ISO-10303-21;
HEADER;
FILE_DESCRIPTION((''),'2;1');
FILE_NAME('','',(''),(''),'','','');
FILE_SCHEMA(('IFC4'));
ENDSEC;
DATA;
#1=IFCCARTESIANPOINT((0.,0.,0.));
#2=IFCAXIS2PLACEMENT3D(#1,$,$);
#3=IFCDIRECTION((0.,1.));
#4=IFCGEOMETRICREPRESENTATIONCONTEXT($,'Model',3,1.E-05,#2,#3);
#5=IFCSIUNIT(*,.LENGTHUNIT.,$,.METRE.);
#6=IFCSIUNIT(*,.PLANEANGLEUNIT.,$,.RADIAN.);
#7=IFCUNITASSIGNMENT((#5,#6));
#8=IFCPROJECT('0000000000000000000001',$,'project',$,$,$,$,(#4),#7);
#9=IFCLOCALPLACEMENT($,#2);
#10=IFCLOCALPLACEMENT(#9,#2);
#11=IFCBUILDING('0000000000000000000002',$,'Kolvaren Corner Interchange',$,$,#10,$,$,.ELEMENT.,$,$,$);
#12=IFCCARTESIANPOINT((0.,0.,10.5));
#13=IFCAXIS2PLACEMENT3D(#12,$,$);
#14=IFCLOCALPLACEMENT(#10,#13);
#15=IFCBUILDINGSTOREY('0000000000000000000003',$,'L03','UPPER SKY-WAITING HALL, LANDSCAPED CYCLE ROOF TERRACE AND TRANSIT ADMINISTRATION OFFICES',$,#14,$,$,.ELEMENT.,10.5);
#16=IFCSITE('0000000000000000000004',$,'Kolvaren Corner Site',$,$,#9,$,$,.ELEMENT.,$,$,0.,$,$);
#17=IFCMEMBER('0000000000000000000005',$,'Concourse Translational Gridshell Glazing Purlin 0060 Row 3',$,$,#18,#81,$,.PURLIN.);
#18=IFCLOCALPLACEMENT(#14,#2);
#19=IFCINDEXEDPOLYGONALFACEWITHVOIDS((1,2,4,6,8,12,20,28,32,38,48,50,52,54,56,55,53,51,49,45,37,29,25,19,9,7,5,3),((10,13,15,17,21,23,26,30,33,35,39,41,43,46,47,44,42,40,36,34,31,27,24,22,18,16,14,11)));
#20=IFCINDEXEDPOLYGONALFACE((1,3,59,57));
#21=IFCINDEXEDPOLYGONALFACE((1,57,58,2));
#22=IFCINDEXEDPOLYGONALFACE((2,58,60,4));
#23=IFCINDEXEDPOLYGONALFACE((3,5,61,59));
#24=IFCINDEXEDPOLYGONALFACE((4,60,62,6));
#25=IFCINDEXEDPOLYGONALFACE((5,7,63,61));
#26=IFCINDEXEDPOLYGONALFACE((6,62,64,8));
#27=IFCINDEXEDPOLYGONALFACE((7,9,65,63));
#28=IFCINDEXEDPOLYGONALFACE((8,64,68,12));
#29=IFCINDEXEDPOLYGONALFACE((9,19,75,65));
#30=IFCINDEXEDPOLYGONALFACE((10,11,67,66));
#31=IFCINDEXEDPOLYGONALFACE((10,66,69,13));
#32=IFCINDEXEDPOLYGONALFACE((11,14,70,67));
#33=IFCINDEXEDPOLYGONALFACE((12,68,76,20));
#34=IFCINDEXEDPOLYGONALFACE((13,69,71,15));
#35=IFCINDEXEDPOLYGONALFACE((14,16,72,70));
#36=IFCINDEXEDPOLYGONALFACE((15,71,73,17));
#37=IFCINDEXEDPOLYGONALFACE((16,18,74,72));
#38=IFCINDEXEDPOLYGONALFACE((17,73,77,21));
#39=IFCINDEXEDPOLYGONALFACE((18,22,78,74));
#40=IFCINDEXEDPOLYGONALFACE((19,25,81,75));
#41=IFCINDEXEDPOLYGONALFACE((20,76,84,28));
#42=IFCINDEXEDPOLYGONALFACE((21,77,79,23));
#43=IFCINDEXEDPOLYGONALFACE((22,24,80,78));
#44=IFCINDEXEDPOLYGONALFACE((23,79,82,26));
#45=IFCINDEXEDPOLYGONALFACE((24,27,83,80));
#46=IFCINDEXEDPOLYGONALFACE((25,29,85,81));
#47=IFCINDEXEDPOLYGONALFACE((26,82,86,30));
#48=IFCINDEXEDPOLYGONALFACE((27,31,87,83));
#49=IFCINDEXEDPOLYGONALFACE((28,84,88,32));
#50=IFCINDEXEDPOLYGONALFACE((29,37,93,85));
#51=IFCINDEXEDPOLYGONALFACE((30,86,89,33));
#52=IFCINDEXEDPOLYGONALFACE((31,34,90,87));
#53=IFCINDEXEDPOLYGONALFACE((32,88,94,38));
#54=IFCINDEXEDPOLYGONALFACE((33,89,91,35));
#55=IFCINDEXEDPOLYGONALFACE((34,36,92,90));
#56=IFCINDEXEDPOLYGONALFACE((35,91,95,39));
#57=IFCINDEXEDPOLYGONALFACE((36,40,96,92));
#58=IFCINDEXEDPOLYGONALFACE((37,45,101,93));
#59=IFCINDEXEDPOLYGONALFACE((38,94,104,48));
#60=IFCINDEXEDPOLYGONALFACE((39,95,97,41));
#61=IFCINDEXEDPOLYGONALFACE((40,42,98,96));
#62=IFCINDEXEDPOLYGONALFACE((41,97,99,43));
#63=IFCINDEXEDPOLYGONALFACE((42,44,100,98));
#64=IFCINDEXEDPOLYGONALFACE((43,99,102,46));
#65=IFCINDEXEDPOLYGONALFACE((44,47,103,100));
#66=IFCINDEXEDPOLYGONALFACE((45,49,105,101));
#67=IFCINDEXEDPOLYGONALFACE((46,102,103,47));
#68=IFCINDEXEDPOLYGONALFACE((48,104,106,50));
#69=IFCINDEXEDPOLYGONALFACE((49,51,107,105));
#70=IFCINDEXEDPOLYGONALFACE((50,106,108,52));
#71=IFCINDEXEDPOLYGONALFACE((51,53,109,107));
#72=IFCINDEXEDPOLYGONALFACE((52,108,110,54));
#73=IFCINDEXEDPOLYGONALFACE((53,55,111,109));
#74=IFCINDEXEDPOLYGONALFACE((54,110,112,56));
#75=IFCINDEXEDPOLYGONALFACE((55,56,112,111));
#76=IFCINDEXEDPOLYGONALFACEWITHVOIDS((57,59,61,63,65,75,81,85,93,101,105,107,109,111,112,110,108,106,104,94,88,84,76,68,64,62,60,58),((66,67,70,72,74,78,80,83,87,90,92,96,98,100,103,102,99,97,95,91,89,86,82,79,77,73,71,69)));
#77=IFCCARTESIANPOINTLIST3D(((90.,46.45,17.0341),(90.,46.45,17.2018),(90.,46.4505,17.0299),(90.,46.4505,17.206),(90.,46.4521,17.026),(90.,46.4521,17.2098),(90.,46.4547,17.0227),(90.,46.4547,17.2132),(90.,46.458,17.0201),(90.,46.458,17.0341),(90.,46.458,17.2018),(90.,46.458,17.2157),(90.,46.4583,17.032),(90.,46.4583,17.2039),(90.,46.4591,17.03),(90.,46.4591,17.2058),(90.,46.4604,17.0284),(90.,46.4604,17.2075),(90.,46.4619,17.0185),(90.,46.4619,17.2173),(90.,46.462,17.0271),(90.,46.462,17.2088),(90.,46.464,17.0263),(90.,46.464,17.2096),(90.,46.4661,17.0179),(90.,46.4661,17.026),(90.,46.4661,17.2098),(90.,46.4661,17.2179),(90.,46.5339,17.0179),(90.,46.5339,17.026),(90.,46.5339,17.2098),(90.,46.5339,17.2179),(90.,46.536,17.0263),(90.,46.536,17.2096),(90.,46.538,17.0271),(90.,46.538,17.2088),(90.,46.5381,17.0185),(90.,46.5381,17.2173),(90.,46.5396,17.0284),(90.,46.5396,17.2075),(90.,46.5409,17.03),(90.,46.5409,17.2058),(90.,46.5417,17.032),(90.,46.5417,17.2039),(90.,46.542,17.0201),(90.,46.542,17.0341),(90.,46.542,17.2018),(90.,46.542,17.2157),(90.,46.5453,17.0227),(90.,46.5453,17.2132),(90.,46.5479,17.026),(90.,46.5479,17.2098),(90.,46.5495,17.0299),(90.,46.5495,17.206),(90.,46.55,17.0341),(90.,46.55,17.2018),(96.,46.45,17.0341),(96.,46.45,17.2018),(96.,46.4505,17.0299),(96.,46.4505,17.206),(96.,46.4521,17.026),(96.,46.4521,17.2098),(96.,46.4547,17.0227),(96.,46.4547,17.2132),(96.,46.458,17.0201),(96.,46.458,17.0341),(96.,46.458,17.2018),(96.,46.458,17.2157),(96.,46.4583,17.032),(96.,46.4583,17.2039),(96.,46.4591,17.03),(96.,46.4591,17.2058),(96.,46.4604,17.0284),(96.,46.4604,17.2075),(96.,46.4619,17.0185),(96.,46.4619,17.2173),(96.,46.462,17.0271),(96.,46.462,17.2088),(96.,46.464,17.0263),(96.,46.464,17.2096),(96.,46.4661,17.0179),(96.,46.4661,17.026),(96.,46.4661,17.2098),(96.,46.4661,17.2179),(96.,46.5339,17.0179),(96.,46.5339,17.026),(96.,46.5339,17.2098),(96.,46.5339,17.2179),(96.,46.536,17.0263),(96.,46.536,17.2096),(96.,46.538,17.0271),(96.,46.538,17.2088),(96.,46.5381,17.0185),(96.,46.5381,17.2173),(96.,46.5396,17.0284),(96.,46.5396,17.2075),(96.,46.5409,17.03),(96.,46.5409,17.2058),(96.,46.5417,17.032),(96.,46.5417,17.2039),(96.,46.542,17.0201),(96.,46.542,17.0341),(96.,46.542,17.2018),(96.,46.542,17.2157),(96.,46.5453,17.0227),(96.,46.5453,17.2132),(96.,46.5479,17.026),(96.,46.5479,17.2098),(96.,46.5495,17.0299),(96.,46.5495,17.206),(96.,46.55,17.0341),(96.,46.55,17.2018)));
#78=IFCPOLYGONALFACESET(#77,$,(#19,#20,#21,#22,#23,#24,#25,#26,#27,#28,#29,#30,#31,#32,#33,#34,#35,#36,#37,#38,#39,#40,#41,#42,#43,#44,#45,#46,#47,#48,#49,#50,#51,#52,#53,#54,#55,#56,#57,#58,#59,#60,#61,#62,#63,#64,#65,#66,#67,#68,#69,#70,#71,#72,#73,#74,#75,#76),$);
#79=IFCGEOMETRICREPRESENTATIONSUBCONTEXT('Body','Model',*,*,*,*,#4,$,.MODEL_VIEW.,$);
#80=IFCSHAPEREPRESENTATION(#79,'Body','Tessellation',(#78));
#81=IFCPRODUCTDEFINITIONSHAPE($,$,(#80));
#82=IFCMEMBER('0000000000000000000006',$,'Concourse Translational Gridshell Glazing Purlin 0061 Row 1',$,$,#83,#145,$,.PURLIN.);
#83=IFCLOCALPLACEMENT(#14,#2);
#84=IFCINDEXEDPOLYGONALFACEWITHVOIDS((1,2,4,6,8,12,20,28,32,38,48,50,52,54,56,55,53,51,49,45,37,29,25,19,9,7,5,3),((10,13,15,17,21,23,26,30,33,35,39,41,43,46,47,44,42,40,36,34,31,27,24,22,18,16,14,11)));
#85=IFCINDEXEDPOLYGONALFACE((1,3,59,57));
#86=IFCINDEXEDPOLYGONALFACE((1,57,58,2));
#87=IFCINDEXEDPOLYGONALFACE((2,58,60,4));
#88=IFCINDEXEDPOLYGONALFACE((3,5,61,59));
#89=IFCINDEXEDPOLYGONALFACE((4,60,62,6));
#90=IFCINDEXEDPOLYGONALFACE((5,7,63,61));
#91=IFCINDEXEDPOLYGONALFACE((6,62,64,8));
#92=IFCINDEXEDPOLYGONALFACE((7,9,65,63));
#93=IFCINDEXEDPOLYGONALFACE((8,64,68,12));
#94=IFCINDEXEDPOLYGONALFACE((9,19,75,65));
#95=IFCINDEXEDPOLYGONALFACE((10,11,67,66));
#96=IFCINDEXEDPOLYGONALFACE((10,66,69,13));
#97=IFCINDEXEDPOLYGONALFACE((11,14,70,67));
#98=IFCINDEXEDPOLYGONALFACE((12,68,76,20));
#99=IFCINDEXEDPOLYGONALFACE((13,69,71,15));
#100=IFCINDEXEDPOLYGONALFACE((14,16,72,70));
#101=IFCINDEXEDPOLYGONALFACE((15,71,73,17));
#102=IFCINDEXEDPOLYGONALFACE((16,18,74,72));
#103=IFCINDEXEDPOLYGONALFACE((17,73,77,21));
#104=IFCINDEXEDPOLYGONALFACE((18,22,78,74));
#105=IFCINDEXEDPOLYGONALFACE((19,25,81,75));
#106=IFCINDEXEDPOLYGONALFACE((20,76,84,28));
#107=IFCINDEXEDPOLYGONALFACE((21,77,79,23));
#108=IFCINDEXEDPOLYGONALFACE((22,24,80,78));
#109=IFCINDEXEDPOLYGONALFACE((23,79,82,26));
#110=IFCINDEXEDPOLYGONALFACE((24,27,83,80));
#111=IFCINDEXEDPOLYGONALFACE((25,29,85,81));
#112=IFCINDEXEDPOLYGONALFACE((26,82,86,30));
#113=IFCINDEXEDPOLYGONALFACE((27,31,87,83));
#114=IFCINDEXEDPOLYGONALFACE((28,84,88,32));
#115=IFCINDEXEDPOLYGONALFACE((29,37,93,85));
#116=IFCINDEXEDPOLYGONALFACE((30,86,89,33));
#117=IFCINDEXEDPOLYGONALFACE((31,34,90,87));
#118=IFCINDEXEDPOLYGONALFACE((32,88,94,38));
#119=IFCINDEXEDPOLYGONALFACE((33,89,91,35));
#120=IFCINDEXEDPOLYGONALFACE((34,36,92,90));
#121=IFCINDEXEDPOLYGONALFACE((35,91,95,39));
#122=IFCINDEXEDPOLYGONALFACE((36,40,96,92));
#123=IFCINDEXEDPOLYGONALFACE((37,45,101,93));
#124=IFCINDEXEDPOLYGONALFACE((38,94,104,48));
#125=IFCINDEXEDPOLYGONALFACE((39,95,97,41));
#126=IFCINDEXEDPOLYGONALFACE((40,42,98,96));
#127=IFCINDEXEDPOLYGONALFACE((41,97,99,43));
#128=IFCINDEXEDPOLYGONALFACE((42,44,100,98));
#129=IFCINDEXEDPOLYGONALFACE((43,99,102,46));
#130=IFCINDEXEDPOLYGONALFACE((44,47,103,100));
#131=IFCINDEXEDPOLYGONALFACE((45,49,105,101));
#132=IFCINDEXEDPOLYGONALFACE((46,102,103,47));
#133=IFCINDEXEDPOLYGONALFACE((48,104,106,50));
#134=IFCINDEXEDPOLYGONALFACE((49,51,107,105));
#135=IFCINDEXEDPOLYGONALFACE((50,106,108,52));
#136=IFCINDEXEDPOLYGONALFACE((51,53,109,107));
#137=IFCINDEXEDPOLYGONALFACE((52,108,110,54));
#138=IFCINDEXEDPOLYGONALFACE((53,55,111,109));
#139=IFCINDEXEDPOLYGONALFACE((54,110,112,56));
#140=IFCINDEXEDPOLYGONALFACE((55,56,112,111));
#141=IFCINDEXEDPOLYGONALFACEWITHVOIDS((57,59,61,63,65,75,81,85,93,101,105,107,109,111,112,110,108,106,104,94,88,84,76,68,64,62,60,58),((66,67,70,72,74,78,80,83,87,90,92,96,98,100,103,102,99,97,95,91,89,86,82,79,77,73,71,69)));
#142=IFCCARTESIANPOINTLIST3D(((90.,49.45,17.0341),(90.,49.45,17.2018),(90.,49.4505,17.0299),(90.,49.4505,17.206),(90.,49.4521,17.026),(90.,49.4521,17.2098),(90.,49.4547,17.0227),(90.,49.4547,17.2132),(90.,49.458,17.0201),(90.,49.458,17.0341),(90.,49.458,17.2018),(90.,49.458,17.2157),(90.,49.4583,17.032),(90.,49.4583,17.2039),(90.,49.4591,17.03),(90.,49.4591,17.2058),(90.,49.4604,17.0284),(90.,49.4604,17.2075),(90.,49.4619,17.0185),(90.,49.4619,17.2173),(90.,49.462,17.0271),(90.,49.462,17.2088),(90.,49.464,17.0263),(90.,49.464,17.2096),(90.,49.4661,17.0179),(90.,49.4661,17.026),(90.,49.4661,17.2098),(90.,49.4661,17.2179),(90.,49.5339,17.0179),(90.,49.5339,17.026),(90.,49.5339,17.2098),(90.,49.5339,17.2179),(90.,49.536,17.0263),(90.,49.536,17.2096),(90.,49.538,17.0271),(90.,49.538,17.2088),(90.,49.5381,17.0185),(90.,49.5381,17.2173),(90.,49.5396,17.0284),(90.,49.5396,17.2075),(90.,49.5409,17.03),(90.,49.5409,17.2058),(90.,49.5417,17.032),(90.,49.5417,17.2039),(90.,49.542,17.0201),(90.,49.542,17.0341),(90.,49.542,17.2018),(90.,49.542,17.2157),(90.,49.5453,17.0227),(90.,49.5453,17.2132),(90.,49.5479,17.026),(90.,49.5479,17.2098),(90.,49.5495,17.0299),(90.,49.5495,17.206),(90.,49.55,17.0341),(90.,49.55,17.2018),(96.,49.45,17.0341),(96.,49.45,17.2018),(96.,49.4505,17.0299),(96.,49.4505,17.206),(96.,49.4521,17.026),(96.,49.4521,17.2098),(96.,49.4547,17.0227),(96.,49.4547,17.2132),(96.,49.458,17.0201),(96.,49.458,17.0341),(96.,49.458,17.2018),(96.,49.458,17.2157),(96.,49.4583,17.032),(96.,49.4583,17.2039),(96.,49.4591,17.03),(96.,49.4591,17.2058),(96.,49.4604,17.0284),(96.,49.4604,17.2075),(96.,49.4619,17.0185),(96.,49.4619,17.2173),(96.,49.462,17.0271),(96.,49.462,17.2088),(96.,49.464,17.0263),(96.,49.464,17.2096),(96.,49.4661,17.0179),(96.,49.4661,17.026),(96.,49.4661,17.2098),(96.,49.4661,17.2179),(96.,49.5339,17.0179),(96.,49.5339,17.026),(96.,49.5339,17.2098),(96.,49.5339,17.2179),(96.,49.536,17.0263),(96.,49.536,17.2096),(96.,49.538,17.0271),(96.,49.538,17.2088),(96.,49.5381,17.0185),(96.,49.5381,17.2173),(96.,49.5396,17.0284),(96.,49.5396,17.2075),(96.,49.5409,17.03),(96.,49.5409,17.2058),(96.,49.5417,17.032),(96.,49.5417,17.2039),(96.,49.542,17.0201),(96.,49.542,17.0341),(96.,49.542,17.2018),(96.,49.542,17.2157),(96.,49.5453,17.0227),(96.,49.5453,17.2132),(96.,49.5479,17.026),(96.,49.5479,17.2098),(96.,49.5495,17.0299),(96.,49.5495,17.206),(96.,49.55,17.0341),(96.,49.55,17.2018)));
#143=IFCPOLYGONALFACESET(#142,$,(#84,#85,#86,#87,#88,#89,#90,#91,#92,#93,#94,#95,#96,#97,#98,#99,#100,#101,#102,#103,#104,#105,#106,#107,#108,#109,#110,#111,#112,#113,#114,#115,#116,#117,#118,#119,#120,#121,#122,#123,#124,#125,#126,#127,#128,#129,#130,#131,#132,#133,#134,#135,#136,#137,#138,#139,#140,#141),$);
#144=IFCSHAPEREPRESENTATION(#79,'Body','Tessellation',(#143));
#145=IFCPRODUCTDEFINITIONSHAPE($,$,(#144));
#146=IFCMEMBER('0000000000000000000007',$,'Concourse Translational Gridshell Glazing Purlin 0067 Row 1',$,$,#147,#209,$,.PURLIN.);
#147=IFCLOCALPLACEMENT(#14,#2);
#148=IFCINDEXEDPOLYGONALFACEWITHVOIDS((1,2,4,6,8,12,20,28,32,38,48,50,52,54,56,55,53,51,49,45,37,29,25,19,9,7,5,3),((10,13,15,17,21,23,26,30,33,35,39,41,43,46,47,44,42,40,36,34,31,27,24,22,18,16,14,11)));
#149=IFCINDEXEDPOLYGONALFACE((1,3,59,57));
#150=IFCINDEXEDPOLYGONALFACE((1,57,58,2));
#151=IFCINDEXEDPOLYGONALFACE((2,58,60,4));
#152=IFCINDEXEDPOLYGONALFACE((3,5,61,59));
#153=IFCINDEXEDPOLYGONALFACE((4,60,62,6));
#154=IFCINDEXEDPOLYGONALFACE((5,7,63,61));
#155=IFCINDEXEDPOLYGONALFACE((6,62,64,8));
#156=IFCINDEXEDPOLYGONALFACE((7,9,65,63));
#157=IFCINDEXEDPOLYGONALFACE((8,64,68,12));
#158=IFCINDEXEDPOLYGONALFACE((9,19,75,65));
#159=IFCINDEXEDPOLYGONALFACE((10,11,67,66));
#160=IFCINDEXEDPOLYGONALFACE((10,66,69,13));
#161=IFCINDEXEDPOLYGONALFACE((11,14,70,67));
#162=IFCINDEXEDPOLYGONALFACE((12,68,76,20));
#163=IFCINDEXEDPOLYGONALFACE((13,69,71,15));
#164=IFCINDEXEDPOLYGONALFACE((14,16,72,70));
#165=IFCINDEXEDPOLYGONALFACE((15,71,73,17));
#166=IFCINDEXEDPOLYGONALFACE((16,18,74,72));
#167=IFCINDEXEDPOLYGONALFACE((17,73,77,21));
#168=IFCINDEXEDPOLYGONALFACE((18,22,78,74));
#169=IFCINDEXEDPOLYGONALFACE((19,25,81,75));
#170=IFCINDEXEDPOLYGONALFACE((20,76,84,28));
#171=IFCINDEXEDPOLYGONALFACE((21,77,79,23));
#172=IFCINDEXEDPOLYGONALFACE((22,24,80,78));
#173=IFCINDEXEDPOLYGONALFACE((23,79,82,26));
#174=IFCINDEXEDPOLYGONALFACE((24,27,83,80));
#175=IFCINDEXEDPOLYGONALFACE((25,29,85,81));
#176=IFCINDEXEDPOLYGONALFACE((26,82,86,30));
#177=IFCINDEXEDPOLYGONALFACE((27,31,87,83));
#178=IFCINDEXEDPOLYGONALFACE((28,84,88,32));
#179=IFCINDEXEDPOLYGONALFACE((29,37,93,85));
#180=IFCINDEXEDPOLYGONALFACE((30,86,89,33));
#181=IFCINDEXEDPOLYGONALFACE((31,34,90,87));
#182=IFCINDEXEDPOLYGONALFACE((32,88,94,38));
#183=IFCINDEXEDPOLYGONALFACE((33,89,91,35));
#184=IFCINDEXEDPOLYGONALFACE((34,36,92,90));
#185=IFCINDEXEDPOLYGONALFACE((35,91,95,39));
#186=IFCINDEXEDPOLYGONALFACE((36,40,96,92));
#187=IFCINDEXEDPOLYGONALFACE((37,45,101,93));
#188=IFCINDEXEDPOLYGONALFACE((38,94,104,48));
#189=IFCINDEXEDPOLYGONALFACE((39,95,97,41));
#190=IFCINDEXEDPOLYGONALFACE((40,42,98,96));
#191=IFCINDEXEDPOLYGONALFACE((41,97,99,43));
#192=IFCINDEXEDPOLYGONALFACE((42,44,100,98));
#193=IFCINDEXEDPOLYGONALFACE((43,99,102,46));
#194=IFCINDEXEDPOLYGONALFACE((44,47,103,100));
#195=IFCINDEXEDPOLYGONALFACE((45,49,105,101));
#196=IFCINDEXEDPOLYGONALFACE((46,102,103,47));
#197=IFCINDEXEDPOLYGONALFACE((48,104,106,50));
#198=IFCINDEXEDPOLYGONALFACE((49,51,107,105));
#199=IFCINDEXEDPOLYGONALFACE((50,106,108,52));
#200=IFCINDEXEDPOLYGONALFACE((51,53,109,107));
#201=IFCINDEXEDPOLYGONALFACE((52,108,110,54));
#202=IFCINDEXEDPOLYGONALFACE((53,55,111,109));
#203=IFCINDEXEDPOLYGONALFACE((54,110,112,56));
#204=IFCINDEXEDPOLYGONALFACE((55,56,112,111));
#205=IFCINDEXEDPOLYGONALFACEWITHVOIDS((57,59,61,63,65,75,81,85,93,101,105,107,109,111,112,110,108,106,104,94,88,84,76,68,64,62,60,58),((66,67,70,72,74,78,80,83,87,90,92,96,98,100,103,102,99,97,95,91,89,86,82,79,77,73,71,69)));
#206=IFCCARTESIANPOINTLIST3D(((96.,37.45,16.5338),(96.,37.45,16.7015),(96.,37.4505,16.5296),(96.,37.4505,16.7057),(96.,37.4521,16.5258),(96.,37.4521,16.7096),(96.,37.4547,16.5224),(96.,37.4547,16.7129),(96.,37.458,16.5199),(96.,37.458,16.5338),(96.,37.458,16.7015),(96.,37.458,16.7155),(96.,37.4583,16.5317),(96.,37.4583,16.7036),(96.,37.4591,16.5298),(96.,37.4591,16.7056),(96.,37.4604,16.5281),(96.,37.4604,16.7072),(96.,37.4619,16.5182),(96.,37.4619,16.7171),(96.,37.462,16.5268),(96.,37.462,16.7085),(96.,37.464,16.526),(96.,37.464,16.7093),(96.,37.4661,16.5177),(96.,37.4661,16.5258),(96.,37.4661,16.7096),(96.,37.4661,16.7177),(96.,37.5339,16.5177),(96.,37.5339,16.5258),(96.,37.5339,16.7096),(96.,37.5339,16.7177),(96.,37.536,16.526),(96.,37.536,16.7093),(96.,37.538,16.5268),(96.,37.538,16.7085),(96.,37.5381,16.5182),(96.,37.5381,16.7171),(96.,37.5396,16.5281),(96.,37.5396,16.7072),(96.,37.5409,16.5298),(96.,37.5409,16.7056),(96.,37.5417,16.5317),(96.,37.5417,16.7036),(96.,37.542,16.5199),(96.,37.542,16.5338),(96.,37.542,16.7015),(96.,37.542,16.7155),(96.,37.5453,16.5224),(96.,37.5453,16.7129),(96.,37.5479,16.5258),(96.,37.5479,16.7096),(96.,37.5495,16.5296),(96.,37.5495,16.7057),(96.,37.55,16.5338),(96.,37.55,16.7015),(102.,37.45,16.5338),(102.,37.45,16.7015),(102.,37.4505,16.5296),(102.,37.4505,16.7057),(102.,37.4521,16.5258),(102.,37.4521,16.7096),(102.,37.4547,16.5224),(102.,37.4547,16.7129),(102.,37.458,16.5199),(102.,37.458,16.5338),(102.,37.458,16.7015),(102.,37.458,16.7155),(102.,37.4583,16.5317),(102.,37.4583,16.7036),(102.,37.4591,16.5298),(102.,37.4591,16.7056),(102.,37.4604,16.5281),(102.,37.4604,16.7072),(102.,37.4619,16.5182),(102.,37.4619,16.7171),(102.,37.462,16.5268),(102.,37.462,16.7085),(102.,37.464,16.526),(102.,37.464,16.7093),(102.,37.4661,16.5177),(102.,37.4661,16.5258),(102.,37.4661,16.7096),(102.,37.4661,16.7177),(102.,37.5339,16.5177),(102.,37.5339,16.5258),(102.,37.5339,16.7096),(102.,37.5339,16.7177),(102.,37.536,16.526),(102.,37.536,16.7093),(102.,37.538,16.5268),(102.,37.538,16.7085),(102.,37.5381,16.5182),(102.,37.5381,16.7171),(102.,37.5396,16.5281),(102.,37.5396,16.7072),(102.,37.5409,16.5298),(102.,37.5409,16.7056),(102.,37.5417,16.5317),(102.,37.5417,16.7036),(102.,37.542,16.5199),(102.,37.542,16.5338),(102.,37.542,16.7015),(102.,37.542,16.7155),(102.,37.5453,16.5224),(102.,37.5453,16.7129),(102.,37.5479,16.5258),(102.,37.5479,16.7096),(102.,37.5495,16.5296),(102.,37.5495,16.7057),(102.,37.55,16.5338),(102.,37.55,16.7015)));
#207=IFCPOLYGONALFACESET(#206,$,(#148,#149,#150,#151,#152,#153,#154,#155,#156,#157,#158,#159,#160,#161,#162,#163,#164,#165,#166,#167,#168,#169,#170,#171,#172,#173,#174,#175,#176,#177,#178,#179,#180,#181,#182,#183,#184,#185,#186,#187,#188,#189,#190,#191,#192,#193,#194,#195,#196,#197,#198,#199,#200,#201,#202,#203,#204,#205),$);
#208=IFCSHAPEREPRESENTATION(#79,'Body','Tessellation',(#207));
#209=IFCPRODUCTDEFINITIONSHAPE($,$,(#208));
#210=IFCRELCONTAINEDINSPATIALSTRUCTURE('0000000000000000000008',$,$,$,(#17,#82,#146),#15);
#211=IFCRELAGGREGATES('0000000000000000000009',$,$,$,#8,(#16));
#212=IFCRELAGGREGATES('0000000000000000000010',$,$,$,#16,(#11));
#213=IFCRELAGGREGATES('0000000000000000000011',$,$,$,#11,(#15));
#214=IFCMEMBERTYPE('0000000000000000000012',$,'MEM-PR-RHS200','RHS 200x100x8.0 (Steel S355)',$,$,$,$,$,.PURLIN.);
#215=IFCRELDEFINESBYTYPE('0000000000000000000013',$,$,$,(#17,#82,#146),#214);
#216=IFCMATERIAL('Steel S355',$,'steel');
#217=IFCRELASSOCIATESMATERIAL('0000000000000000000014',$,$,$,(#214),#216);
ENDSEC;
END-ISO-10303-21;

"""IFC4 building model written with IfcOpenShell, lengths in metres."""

from ifc_helpers import new_model, si_unit, direction, frame, origin, origin_2d, place, context, subcontext, project, spatial, hollow_rectangle, extrude, material, material_profile, profile_set, type_object, element, save


model = new_model("IFC4")

# Units and contexts
model_context = context("Model", 3, precision=1e-05, world=origin(), true_north=direction((0.0, 1.0)))
body_context = subcontext(model_context, "Body", "Model", "MODEL_VIEW")
ifc_project = project(units=[si_unit("LENGTHUNIT", "METRE"), si_unit("PLANEANGLEUNIT", "RADIAN")], contexts=[model_context])

# Site, building, storey
site_placement = place(None, origin())
site = spatial("IfcSite", under=ifc_project, at=site_placement, Name="Kolvaren Corner Site", CompositionType="ELEMENT", RefElevation=0.0)
building_placement = place(site_placement, origin())
building = spatial("IfcBuilding", under=site, at=building_placement, Name="Kolvaren Corner Interchange", CompositionType="ELEMENT")
storey_placement = place(building_placement, frame((0.0, 0.0, 10.5)))
storey = spatial("IfcBuildingStorey", under=building, at=storey_placement, Name="L03", Description="UPPER SKY-WAITING HALL, LANDSCAPED CYCLE ROOF TERRACE AND TRANSIT ADMINISTRATION OFFICES", CompositionType="ELEMENT", Elevation=10.5)

# Members
ifc_material_1 = material(Name="Steel S355", Category="steel")
ifc_material_profile_1 = material_profile(ifc_material_1, hollow_rectangle(XDim=0.1001, YDim=0.2, WallThickness=0.0081, InnerFilletRadius=0.0081, OuterFilletRadius=0.0161, at=origin_2d()), Name="RHS 200x100x8.0")
ifc_profile_set_1 = profile_set([ifc_material_profile_1], Name="Steel S355")
member_type_1 = type_object("IfcMemberType", Name="MEM-PR-RHS200", Description="RHS 200x100x8.0 (Steel S355)", PredefinedType="PURLIN", material=ifc_profile_set_1)
for number, where, z_axis, x_axis, name in (
    (1, (90.0, 46.5, 17.1179), (1.0, 0.0, 0.0), (0.0, 1.0, 0.0), "Concourse Translational Gridshell Glazing Purlin 0060 Row 3"),
    (2, (90.0, 49.5, 17.1179), (1.0, 0.0, 0.0), (0.0, 1.0, 0.0), "Concourse Translational Gridshell Glazing Purlin 0061 Row 1"),
    (3, (96.0, 37.5, 16.6177), (1.0, 0.0, 0.0), (0.0, 1.0, 0.0), "Concourse Translational Gridshell Glazing Purlin 0067 Row 1"),
):
    element("IfcMember", number, at=place(storey_placement, frame(where, z_axis=z_axis, x_axis=x_axis)), inside=storey, type_object=member_type_1, Name=name, PredefinedType="PURLIN", context=body_context, shape_type="SweptSolid", body=[
        extrude(hollow_rectangle(XDim=0.1001, YDim=0.2, WallThickness=0.0081, InnerFilletRadius=0.0081, OuterFilletRadius=0.0161, at=origin_2d()), origin(), (0.0, 0.0, 1.0), 6.0),
    ])

save(model, "model.ifc")
